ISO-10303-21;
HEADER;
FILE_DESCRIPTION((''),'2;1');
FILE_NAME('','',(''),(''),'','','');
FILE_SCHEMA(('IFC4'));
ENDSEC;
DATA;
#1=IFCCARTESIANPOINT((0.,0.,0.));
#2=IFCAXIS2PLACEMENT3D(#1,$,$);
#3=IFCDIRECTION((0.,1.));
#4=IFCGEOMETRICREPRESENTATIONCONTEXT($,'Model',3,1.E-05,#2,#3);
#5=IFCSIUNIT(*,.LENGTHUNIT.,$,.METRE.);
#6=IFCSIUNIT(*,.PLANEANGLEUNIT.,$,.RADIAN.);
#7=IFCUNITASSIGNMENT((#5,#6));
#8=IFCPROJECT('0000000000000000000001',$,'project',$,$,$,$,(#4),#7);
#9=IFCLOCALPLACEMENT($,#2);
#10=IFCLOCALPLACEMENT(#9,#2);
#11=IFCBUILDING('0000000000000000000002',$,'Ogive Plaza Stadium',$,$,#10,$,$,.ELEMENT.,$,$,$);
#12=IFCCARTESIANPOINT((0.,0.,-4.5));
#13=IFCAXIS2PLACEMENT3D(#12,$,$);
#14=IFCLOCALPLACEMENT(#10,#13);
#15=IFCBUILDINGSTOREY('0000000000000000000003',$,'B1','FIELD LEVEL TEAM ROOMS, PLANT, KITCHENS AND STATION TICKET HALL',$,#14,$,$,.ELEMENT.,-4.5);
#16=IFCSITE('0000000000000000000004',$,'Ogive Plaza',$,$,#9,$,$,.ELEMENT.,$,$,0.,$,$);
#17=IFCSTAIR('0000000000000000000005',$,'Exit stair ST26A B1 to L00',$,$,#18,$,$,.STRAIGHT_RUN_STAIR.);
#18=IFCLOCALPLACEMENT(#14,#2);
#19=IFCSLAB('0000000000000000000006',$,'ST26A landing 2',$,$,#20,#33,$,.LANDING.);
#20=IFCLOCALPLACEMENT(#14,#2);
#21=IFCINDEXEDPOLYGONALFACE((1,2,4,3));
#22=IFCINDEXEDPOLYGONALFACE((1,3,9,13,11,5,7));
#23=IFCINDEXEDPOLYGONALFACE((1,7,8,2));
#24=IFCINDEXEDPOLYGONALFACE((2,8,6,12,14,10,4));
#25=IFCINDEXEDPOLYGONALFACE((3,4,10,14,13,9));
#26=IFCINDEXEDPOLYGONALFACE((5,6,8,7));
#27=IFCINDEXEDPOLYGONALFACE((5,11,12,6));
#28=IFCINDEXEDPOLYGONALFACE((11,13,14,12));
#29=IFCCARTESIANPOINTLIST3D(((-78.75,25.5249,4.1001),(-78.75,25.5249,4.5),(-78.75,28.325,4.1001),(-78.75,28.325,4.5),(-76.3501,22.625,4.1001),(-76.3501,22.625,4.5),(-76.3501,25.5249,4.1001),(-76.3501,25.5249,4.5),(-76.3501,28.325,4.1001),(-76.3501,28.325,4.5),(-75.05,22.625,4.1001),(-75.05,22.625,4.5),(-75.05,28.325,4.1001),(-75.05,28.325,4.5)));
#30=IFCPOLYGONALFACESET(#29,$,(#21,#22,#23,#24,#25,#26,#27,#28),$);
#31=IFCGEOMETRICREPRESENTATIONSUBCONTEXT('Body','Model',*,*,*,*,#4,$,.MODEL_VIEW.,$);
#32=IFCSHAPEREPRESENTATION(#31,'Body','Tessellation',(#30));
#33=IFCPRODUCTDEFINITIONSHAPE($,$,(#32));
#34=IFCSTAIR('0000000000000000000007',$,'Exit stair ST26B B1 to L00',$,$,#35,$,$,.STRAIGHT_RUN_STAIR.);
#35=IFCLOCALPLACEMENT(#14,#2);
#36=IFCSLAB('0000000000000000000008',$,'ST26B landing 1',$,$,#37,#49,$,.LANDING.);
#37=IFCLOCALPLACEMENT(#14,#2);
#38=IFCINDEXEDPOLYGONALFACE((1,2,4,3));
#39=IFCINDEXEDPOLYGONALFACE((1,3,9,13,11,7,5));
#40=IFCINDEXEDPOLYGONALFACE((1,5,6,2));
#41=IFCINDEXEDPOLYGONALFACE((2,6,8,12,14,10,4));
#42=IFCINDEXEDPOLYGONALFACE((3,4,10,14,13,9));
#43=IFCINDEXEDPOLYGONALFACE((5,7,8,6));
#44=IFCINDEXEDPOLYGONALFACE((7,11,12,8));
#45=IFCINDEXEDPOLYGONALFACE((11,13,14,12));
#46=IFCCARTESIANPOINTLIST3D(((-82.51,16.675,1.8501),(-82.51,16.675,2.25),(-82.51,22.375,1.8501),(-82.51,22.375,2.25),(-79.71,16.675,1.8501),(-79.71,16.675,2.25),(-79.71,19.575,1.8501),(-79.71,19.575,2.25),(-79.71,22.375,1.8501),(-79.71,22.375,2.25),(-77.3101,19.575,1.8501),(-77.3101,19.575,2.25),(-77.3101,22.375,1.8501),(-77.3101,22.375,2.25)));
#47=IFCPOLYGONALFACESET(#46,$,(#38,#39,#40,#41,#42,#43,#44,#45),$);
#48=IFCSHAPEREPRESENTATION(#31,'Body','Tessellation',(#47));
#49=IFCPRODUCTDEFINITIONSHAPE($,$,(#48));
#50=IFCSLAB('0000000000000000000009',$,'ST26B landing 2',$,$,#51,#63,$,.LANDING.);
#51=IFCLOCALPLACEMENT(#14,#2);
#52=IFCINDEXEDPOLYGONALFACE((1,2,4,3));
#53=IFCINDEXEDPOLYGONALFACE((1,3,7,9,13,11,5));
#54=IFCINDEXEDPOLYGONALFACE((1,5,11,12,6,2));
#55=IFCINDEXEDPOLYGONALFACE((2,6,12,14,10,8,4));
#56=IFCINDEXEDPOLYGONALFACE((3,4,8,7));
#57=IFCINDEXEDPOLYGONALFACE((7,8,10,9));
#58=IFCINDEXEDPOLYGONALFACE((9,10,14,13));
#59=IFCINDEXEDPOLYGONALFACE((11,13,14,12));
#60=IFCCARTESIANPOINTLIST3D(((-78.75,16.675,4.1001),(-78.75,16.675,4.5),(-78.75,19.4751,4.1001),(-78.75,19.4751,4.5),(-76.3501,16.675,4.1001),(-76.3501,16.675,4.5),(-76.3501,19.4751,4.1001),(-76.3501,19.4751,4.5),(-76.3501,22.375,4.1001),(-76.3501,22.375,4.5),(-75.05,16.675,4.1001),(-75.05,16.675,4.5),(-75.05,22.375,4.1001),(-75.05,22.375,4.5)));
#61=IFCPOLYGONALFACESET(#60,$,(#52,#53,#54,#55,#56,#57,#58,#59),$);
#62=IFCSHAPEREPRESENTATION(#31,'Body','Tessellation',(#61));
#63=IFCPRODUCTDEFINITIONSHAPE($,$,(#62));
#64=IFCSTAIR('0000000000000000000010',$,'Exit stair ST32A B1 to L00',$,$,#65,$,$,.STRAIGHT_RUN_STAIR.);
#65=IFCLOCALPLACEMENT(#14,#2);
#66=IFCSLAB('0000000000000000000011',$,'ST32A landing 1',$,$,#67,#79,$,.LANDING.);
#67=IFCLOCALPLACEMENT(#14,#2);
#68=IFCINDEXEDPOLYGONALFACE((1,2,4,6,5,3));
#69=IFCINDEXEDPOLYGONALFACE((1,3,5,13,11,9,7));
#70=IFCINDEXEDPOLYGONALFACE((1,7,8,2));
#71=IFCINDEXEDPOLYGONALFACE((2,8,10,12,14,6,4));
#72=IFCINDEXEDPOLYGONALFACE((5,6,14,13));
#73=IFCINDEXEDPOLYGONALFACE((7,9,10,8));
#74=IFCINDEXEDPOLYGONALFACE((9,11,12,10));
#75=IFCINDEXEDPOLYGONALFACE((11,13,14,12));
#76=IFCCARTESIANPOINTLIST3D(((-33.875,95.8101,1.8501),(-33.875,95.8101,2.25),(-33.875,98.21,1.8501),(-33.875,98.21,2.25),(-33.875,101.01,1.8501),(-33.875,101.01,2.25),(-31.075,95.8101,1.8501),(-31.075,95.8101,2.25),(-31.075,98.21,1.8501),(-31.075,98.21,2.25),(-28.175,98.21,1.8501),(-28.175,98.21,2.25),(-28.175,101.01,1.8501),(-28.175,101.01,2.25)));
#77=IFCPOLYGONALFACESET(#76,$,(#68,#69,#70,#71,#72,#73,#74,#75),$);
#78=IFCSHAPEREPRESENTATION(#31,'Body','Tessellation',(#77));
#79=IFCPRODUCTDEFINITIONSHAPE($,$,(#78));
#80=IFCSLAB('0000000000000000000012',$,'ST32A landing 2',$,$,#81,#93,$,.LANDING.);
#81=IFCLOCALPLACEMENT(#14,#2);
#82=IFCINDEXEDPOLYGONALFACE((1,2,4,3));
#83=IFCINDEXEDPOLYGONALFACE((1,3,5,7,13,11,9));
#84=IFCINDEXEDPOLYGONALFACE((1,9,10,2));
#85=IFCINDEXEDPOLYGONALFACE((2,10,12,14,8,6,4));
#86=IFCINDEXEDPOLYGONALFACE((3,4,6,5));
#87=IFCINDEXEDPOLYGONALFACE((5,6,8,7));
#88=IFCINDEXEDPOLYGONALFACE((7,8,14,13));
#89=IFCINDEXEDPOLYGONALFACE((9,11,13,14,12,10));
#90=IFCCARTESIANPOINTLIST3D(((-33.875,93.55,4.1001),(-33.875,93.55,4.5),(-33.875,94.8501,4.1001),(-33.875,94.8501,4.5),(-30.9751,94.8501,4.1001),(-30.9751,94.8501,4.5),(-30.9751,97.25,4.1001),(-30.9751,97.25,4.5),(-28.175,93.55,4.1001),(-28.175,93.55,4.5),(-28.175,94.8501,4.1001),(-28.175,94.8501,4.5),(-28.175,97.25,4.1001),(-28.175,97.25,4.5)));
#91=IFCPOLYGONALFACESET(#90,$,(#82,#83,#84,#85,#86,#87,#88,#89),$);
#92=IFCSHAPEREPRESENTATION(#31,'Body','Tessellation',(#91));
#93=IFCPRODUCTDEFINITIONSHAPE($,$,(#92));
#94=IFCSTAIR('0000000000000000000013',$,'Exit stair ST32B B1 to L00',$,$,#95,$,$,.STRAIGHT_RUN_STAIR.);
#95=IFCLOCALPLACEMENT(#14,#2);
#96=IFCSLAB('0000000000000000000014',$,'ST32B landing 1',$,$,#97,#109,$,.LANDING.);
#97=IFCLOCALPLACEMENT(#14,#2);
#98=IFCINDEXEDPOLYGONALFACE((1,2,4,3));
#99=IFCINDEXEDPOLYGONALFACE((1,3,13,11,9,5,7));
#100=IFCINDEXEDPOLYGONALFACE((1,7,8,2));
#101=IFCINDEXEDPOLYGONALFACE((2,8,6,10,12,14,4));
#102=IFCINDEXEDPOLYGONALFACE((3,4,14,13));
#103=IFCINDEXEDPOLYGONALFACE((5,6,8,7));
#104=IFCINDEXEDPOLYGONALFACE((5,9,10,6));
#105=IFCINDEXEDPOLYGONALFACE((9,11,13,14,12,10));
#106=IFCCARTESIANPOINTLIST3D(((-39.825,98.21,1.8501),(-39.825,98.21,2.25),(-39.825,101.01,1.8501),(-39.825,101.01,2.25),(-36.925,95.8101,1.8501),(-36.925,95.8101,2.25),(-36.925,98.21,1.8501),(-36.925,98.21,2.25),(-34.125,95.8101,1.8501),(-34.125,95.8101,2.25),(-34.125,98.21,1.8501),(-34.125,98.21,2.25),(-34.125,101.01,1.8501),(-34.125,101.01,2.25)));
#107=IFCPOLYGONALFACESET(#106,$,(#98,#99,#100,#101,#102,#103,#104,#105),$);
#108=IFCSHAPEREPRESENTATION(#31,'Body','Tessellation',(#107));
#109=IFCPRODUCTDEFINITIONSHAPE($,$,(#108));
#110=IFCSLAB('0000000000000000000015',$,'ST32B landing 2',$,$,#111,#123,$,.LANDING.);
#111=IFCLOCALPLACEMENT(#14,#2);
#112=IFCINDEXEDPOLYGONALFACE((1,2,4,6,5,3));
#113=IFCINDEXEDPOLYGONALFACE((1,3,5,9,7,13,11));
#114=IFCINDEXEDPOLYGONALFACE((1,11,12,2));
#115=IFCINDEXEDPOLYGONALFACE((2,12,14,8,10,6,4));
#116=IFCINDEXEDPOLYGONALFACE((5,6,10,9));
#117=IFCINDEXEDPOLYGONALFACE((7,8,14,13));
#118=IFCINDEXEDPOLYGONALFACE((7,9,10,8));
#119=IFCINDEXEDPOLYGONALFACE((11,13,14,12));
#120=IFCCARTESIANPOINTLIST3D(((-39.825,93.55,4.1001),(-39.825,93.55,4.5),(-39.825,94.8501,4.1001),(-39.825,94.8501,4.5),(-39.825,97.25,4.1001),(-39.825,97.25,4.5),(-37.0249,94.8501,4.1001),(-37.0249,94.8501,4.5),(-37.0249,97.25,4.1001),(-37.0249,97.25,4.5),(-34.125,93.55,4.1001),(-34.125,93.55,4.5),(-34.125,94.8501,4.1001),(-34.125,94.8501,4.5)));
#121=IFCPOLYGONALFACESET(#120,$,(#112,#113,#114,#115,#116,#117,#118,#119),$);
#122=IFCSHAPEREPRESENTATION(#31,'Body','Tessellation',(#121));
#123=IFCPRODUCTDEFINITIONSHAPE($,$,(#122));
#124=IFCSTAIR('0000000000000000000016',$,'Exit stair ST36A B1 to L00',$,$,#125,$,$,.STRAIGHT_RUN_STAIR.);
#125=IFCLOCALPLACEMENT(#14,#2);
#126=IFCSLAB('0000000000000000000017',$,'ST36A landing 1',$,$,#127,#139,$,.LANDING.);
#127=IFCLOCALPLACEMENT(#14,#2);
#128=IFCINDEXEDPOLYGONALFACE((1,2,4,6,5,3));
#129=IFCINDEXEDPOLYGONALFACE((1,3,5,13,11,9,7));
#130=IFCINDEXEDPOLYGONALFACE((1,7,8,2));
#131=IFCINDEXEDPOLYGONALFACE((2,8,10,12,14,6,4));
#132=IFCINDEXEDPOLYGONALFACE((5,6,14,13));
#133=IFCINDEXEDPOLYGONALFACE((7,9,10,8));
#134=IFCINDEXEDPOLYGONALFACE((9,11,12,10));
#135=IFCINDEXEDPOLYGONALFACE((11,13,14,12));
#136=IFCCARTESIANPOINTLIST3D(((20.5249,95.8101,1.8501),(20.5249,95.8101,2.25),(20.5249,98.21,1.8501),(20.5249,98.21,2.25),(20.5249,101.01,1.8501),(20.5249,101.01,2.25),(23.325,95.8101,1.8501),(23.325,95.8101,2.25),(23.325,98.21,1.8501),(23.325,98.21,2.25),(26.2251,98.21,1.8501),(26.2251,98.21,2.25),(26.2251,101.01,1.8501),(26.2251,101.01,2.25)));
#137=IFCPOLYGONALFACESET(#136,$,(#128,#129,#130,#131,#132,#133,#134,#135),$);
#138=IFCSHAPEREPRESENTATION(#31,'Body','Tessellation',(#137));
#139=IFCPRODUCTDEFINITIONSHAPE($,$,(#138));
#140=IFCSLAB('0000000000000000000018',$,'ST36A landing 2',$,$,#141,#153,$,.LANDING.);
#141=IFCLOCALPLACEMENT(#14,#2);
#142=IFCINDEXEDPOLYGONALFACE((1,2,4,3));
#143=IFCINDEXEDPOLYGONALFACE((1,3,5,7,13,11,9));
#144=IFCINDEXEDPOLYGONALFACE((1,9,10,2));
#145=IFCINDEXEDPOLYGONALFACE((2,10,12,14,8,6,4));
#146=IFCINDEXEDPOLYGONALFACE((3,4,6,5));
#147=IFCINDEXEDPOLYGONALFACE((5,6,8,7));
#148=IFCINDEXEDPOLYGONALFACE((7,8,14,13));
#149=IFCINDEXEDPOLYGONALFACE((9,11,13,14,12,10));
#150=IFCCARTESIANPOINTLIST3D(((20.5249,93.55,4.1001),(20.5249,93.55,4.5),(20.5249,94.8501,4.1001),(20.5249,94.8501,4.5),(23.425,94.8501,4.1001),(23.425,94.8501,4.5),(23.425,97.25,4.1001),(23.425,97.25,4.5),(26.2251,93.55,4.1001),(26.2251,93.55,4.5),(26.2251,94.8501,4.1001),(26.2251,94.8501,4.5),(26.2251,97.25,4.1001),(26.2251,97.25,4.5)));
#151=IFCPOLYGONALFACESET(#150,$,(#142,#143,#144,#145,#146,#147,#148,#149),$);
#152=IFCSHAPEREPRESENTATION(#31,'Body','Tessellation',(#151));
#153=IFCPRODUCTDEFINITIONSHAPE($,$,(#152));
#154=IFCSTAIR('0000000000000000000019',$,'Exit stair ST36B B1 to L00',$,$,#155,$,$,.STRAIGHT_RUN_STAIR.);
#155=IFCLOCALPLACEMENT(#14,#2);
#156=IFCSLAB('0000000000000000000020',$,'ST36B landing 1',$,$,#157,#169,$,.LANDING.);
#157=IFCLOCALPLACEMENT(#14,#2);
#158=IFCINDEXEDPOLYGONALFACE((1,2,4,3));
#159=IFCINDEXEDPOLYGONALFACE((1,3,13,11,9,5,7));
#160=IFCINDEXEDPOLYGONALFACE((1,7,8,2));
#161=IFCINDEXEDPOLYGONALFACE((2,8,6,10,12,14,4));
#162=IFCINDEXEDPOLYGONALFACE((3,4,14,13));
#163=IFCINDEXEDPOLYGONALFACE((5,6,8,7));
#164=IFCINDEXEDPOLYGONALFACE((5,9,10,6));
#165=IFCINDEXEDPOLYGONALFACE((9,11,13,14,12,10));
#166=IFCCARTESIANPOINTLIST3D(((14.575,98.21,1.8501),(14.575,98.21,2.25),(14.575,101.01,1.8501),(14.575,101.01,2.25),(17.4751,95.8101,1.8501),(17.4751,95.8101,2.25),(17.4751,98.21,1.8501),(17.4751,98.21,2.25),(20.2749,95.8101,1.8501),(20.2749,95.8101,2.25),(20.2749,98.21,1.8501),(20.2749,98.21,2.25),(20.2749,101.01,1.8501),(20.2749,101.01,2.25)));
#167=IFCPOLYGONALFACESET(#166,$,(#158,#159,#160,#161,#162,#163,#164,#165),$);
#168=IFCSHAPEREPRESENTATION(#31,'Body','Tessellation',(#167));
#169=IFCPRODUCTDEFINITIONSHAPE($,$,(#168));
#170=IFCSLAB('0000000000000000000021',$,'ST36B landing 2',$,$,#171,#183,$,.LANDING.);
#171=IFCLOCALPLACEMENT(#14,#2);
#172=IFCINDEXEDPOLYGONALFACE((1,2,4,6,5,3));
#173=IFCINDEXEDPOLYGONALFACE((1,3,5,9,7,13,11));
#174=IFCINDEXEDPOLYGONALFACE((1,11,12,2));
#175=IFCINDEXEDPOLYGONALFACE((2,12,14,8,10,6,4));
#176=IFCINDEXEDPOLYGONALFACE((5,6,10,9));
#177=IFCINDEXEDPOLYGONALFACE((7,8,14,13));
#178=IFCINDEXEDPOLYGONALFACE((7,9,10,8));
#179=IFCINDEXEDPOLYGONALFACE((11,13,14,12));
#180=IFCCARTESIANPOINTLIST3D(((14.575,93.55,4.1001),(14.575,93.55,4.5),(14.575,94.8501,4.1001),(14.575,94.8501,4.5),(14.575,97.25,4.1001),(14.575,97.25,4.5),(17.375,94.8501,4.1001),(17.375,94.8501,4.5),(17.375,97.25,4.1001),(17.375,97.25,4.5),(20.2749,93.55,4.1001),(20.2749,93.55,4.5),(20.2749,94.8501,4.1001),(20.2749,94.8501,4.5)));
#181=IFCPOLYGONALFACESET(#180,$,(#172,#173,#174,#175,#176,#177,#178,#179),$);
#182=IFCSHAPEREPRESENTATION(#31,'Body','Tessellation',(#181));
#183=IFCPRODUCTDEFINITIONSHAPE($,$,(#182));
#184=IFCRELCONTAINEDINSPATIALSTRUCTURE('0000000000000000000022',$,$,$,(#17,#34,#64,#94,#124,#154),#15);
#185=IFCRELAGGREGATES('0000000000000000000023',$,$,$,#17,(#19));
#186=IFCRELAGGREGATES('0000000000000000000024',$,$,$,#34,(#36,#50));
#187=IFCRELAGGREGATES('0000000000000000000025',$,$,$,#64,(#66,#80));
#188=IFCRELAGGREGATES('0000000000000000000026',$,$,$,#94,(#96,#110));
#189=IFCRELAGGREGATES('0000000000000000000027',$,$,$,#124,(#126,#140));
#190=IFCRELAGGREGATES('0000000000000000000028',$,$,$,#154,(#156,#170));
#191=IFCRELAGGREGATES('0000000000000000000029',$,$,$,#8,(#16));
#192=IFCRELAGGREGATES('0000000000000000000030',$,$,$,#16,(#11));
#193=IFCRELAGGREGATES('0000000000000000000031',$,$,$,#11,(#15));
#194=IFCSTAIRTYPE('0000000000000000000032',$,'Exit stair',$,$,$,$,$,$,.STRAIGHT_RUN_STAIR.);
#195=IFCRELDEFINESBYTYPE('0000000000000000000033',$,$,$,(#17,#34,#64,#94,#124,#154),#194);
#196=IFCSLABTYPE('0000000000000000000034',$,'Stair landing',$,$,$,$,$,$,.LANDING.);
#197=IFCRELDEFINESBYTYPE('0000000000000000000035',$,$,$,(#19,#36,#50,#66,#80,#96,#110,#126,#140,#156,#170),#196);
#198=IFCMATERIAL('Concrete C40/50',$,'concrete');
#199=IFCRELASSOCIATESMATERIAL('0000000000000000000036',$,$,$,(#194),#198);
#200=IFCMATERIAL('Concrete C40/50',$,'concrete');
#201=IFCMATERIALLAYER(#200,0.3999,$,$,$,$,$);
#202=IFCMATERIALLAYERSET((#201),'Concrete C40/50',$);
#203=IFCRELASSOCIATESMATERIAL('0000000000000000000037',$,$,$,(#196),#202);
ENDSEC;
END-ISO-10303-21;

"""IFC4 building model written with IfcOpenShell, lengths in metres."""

from ifc_helpers import new_model, si_unit, direction, frame, origin, place, context, subcontext, project, spatial, polyline, outline, extrude, material, layer, layer_set, type_object, element, aggregate, save


model = new_model("IFC4")

# Units and contexts
model_context = context("Model", 3, precision=1e-05, world=origin(), true_north=direction((0.0, 1.0)))
body_context = subcontext(model_context, "Body", "Model", "MODEL_VIEW")
ifc_project = project(units=[si_unit("LENGTHUNIT", "METRE"), si_unit("PLANEANGLEUNIT", "RADIAN")], contexts=[model_context])

# Site, building, storey
site_placement = place(None, origin())
site = spatial("IfcSite", under=ifc_project, at=site_placement, Name="Ogive Plaza", CompositionType="ELEMENT", RefElevation=0.0)
building_placement = place(site_placement, origin())
building = spatial("IfcBuilding", under=site, at=building_placement, Name="Ogive Plaza Stadium", CompositionType="ELEMENT")
storey_placement = place(building_placement, frame((0.0, 0.0, -4.5)))
storey = spatial("IfcBuildingStorey", under=building, at=storey_placement, Name="B1", Description="FIELD LEVEL TEAM ROOMS, PLANT, KITCHENS AND STATION TICKET HALL", CompositionType="ELEMENT", Elevation=-4.5)

# Stair, slab
ifc_material_1 = material(Name="Concrete C40/50", Category="concrete")
stair_type = type_object("IfcStairType", Name="Exit stair", PredefinedType="STRAIGHT_RUN_STAIR", material=ifc_material_1)
stair_1_placement = place(storey_placement, origin())
stair_1 = element("IfcStair", 1, at=stair_1_placement, inside=storey, type_object=stair_type, Name="Exit stair ST26A B1 to L00", PredefinedType="STRAIGHT_RUN_STAIR")
ifc_material_2 = material(Name="Concrete C40/50", Category="concrete")
ifc_layer_1 = layer(ifc_material_2, 0.3999)
ifc_layer_set_1 = layer_set([ifc_layer_1], Name="Concrete C40/50")
slab_type_1 = type_object("IfcSlabType", Name="Stair landing", PredefinedType="LANDING", material=ifc_layer_set_1)
slab_1_placement = place(storey_placement, frame((0.0, 0.0, 4.1001)))
slab_1 = element("IfcSlab", 2, at=slab_1_placement, type_object=slab_type_1, Name="ST26A landing 2", PredefinedType="LANDING", context=body_context, shape_type="SweptSolid", body=[
    extrude(outline(polyline([(-78.75, 25.5249), (-78.75, 28.325), (-76.3501, 28.325), (-75.05, 28.325), (-75.05, 22.625), (-76.3501, 22.625), (-76.3501, 25.5249), (-78.75, 25.5249)])), origin(), (0.0, 0.0, 1.0), 0.3999),
])
aggregate(stair_1, [slab_1])

# Stairs, slabs
stair_2_placement = place(storey_placement, origin())
stair_2 = element("IfcStair", 3, at=stair_2_placement, inside=storey, type_object=stair_type, Name="Exit stair ST26B B1 to L00", PredefinedType="STRAIGHT_RUN_STAIR")
slab_2_placement = place(storey_placement, frame((0.0, 0.0, 1.8501)))
slab_2 = element("IfcSlab", 4, at=slab_2_placement, type_object=slab_type_1, Name="ST26B landing 1", PredefinedType="LANDING", context=body_context, shape_type="SweptSolid", body=[
    extrude(outline(polyline([(-77.3101, 22.375), (-77.3101, 19.575), (-79.71, 19.575), (-79.71, 16.675), (-82.51, 16.675), (-82.51, 22.375), (-79.71, 22.375), (-77.3101, 22.375)])), origin(), (0.0, 0.0, 1.0), 0.3999),
])
slab_3_placement = place(storey_placement, frame((0.0, 0.0, 4.1001)))
slab_3 = element("IfcSlab", 5, at=slab_3_placement, type_object=slab_type_1, Name="ST26B landing 2", PredefinedType="LANDING", context=body_context, shape_type="SweptSolid", body=[
    extrude(outline(polyline([(-76.3501, 22.375), (-75.05, 22.375), (-75.05, 16.675), (-76.3501, 16.675), (-78.75, 16.675), (-78.75, 19.4751), (-76.3501, 19.4751), (-76.3501, 22.375)])), origin(), (0.0, 0.0, 1.0), 0.3999),
])
aggregate(stair_2, [slab_2, slab_3])
stair_3_placement = place(storey_placement, origin())
stair_3 = element("IfcStair", 6, at=stair_3_placement, inside=storey, type_object=stair_type, Name="Exit stair ST32A B1 to L00", PredefinedType="STRAIGHT_RUN_STAIR")
slab_4_placement = place(storey_placement, frame((0.0, 0.0, 1.8501)))
slab_4 = element("IfcSlab", 7, at=slab_4_placement, type_object=slab_type_1, Name="ST32A landing 1", PredefinedType="LANDING", context=body_context, shape_type="SweptSolid", body=[
    extrude(outline(polyline([(-33.875, 101.01), (-28.175, 101.01), (-28.175, 98.21), (-31.075, 98.21), (-31.075, 95.8101), (-33.875, 95.8101), (-33.875, 98.21), (-33.875, 101.01)])), origin(), (0.0, 0.0, 1.0), 0.3999),
])
slab_5_placement = place(storey_placement, frame((0.0, 0.0, 4.1001)))
slab_5 = element("IfcSlab", 8, at=slab_5_placement, type_object=slab_type_1, Name="ST32A landing 2", PredefinedType="LANDING", context=body_context, shape_type="SweptSolid", body=[
    extrude(outline(polyline([(-30.9751, 97.25), (-28.175, 97.25), (-28.175, 94.8501), (-28.175, 93.55), (-33.875, 93.55), (-33.875, 94.8501), (-30.9751, 94.8501), (-30.9751, 97.25)])), origin(), (0.0, 0.0, 1.0), 0.3999),
])
aggregate(stair_3, [slab_4, slab_5])
stair_4_placement = place(storey_placement, origin())
stair_4 = element("IfcStair", 9, at=stair_4_placement, inside=storey, type_object=stair_type, Name="Exit stair ST32B B1 to L00", PredefinedType="STRAIGHT_RUN_STAIR")
slab_6_placement = place(storey_placement, frame((0.0, 0.0, 1.8501)))
slab_6 = element("IfcSlab", 10, at=slab_6_placement, type_object=slab_type_1, Name="ST32B landing 1", PredefinedType="LANDING", context=body_context, shape_type="SweptSolid", body=[
    extrude(outline(polyline([(-34.125, 95.8101), (-36.925, 95.8101), (-36.925, 98.21), (-39.825, 98.21), (-39.825, 101.01), (-34.125, 101.01), (-34.125, 98.21), (-34.125, 95.8101)])), origin(), (0.0, 0.0, 1.0), 0.3999),
])
slab_7_placement = place(storey_placement, frame((0.0, 0.0, 4.1001)))
slab_7 = element("IfcSlab", 11, at=slab_7_placement, type_object=slab_type_1, Name="ST32B landing 2", PredefinedType="LANDING", context=body_context, shape_type="SweptSolid", body=[
    extrude(outline(polyline([(-34.125, 94.8501), (-34.125, 93.55), (-39.825, 93.55), (-39.825, 94.8501), (-39.825, 97.25), (-37.0249, 97.25), (-37.0249, 94.8501), (-34.125, 94.8501)])), origin(), (0.0, 0.0, 1.0), 0.3999),
])
aggregate(stair_4, [slab_6, slab_7])
stair_5_placement = place(storey_placement, origin())
stair_5 = element("IfcStair", 12, at=stair_5_placement, inside=storey, type_object=stair_type, Name="Exit stair ST36A B1 to L00", PredefinedType="STRAIGHT_RUN_STAIR")
slab_8_placement = place(storey_placement, frame((0.0, 0.0, 1.8501)))
slab_8 = element("IfcSlab", 13, at=slab_8_placement, type_object=slab_type_1, Name="ST36A landing 1", PredefinedType="LANDING", context=body_context, shape_type="SweptSolid", body=[
    extrude(outline(polyline([(20.5249, 101.01), (26.2251, 101.01), (26.2251, 98.21), (23.325, 98.21), (23.325, 95.8101), (20.5249, 95.8101), (20.5249, 98.21), (20.5249, 101.01)])), origin(), (0.0, 0.0, 1.0), 0.3999),
])
slab_9_placement = place(storey_placement, frame((0.0, 0.0, 4.1001)))
slab_9 = element("IfcSlab", 14, at=slab_9_placement, type_object=slab_type_1, Name="ST36A landing 2", PredefinedType="LANDING", context=body_context, shape_type="SweptSolid", body=[
    extrude(outline(polyline([(23.425, 97.25), (26.2251, 97.25), (26.2251, 94.8501), (26.2251, 93.55), (20.5249, 93.55), (20.5249, 94.8501), (23.425, 94.8501), (23.425, 97.25)])), origin(), (0.0, 0.0, 1.0), 0.3999),
])
aggregate(stair_5, [slab_8, slab_9])
stair_6_placement = place(storey_placement, origin())
stair_6 = element("IfcStair", 15, at=stair_6_placement, inside=storey, type_object=stair_type, Name="Exit stair ST36B B1 to L00", PredefinedType="STRAIGHT_RUN_STAIR")
slab_10_placement = place(storey_placement, frame((0.0, 0.0, 1.8501)))
slab_10 = element("IfcSlab", 16, at=slab_10_placement, type_object=slab_type_1, Name="ST36B landing 1", PredefinedType="LANDING", context=body_context, shape_type="SweptSolid", body=[
    extrude(outline(polyline([(20.2749, 95.8101), (17.4751, 95.8101), (17.4751, 98.21), (14.575, 98.21), (14.575, 101.01), (20.2749, 101.01), (20.2749, 98.21), (20.2749, 95.8101)])), origin(), (0.0, 0.0, 1.0), 0.3999),
])
slab_11_placement = place(storey_placement, frame((0.0, 0.0, 4.1001)))
slab_11 = element("IfcSlab", 17, at=slab_11_placement, type_object=slab_type_1, Name="ST36B landing 2", PredefinedType="LANDING", context=body_context, shape_type="SweptSolid", body=[
    extrude(outline(polyline([(20.2749, 94.8501), (20.2749, 93.55), (14.575, 93.55), (14.575, 94.8501), (14.575, 97.25), (17.375, 97.25), (17.375, 94.8501), (20.2749, 94.8501)])), origin(), (0.0, 0.0, 1.0), 0.3999),
])
aggregate(stair_6, [slab_10, slab_11])

save(model, "model.ifc")
